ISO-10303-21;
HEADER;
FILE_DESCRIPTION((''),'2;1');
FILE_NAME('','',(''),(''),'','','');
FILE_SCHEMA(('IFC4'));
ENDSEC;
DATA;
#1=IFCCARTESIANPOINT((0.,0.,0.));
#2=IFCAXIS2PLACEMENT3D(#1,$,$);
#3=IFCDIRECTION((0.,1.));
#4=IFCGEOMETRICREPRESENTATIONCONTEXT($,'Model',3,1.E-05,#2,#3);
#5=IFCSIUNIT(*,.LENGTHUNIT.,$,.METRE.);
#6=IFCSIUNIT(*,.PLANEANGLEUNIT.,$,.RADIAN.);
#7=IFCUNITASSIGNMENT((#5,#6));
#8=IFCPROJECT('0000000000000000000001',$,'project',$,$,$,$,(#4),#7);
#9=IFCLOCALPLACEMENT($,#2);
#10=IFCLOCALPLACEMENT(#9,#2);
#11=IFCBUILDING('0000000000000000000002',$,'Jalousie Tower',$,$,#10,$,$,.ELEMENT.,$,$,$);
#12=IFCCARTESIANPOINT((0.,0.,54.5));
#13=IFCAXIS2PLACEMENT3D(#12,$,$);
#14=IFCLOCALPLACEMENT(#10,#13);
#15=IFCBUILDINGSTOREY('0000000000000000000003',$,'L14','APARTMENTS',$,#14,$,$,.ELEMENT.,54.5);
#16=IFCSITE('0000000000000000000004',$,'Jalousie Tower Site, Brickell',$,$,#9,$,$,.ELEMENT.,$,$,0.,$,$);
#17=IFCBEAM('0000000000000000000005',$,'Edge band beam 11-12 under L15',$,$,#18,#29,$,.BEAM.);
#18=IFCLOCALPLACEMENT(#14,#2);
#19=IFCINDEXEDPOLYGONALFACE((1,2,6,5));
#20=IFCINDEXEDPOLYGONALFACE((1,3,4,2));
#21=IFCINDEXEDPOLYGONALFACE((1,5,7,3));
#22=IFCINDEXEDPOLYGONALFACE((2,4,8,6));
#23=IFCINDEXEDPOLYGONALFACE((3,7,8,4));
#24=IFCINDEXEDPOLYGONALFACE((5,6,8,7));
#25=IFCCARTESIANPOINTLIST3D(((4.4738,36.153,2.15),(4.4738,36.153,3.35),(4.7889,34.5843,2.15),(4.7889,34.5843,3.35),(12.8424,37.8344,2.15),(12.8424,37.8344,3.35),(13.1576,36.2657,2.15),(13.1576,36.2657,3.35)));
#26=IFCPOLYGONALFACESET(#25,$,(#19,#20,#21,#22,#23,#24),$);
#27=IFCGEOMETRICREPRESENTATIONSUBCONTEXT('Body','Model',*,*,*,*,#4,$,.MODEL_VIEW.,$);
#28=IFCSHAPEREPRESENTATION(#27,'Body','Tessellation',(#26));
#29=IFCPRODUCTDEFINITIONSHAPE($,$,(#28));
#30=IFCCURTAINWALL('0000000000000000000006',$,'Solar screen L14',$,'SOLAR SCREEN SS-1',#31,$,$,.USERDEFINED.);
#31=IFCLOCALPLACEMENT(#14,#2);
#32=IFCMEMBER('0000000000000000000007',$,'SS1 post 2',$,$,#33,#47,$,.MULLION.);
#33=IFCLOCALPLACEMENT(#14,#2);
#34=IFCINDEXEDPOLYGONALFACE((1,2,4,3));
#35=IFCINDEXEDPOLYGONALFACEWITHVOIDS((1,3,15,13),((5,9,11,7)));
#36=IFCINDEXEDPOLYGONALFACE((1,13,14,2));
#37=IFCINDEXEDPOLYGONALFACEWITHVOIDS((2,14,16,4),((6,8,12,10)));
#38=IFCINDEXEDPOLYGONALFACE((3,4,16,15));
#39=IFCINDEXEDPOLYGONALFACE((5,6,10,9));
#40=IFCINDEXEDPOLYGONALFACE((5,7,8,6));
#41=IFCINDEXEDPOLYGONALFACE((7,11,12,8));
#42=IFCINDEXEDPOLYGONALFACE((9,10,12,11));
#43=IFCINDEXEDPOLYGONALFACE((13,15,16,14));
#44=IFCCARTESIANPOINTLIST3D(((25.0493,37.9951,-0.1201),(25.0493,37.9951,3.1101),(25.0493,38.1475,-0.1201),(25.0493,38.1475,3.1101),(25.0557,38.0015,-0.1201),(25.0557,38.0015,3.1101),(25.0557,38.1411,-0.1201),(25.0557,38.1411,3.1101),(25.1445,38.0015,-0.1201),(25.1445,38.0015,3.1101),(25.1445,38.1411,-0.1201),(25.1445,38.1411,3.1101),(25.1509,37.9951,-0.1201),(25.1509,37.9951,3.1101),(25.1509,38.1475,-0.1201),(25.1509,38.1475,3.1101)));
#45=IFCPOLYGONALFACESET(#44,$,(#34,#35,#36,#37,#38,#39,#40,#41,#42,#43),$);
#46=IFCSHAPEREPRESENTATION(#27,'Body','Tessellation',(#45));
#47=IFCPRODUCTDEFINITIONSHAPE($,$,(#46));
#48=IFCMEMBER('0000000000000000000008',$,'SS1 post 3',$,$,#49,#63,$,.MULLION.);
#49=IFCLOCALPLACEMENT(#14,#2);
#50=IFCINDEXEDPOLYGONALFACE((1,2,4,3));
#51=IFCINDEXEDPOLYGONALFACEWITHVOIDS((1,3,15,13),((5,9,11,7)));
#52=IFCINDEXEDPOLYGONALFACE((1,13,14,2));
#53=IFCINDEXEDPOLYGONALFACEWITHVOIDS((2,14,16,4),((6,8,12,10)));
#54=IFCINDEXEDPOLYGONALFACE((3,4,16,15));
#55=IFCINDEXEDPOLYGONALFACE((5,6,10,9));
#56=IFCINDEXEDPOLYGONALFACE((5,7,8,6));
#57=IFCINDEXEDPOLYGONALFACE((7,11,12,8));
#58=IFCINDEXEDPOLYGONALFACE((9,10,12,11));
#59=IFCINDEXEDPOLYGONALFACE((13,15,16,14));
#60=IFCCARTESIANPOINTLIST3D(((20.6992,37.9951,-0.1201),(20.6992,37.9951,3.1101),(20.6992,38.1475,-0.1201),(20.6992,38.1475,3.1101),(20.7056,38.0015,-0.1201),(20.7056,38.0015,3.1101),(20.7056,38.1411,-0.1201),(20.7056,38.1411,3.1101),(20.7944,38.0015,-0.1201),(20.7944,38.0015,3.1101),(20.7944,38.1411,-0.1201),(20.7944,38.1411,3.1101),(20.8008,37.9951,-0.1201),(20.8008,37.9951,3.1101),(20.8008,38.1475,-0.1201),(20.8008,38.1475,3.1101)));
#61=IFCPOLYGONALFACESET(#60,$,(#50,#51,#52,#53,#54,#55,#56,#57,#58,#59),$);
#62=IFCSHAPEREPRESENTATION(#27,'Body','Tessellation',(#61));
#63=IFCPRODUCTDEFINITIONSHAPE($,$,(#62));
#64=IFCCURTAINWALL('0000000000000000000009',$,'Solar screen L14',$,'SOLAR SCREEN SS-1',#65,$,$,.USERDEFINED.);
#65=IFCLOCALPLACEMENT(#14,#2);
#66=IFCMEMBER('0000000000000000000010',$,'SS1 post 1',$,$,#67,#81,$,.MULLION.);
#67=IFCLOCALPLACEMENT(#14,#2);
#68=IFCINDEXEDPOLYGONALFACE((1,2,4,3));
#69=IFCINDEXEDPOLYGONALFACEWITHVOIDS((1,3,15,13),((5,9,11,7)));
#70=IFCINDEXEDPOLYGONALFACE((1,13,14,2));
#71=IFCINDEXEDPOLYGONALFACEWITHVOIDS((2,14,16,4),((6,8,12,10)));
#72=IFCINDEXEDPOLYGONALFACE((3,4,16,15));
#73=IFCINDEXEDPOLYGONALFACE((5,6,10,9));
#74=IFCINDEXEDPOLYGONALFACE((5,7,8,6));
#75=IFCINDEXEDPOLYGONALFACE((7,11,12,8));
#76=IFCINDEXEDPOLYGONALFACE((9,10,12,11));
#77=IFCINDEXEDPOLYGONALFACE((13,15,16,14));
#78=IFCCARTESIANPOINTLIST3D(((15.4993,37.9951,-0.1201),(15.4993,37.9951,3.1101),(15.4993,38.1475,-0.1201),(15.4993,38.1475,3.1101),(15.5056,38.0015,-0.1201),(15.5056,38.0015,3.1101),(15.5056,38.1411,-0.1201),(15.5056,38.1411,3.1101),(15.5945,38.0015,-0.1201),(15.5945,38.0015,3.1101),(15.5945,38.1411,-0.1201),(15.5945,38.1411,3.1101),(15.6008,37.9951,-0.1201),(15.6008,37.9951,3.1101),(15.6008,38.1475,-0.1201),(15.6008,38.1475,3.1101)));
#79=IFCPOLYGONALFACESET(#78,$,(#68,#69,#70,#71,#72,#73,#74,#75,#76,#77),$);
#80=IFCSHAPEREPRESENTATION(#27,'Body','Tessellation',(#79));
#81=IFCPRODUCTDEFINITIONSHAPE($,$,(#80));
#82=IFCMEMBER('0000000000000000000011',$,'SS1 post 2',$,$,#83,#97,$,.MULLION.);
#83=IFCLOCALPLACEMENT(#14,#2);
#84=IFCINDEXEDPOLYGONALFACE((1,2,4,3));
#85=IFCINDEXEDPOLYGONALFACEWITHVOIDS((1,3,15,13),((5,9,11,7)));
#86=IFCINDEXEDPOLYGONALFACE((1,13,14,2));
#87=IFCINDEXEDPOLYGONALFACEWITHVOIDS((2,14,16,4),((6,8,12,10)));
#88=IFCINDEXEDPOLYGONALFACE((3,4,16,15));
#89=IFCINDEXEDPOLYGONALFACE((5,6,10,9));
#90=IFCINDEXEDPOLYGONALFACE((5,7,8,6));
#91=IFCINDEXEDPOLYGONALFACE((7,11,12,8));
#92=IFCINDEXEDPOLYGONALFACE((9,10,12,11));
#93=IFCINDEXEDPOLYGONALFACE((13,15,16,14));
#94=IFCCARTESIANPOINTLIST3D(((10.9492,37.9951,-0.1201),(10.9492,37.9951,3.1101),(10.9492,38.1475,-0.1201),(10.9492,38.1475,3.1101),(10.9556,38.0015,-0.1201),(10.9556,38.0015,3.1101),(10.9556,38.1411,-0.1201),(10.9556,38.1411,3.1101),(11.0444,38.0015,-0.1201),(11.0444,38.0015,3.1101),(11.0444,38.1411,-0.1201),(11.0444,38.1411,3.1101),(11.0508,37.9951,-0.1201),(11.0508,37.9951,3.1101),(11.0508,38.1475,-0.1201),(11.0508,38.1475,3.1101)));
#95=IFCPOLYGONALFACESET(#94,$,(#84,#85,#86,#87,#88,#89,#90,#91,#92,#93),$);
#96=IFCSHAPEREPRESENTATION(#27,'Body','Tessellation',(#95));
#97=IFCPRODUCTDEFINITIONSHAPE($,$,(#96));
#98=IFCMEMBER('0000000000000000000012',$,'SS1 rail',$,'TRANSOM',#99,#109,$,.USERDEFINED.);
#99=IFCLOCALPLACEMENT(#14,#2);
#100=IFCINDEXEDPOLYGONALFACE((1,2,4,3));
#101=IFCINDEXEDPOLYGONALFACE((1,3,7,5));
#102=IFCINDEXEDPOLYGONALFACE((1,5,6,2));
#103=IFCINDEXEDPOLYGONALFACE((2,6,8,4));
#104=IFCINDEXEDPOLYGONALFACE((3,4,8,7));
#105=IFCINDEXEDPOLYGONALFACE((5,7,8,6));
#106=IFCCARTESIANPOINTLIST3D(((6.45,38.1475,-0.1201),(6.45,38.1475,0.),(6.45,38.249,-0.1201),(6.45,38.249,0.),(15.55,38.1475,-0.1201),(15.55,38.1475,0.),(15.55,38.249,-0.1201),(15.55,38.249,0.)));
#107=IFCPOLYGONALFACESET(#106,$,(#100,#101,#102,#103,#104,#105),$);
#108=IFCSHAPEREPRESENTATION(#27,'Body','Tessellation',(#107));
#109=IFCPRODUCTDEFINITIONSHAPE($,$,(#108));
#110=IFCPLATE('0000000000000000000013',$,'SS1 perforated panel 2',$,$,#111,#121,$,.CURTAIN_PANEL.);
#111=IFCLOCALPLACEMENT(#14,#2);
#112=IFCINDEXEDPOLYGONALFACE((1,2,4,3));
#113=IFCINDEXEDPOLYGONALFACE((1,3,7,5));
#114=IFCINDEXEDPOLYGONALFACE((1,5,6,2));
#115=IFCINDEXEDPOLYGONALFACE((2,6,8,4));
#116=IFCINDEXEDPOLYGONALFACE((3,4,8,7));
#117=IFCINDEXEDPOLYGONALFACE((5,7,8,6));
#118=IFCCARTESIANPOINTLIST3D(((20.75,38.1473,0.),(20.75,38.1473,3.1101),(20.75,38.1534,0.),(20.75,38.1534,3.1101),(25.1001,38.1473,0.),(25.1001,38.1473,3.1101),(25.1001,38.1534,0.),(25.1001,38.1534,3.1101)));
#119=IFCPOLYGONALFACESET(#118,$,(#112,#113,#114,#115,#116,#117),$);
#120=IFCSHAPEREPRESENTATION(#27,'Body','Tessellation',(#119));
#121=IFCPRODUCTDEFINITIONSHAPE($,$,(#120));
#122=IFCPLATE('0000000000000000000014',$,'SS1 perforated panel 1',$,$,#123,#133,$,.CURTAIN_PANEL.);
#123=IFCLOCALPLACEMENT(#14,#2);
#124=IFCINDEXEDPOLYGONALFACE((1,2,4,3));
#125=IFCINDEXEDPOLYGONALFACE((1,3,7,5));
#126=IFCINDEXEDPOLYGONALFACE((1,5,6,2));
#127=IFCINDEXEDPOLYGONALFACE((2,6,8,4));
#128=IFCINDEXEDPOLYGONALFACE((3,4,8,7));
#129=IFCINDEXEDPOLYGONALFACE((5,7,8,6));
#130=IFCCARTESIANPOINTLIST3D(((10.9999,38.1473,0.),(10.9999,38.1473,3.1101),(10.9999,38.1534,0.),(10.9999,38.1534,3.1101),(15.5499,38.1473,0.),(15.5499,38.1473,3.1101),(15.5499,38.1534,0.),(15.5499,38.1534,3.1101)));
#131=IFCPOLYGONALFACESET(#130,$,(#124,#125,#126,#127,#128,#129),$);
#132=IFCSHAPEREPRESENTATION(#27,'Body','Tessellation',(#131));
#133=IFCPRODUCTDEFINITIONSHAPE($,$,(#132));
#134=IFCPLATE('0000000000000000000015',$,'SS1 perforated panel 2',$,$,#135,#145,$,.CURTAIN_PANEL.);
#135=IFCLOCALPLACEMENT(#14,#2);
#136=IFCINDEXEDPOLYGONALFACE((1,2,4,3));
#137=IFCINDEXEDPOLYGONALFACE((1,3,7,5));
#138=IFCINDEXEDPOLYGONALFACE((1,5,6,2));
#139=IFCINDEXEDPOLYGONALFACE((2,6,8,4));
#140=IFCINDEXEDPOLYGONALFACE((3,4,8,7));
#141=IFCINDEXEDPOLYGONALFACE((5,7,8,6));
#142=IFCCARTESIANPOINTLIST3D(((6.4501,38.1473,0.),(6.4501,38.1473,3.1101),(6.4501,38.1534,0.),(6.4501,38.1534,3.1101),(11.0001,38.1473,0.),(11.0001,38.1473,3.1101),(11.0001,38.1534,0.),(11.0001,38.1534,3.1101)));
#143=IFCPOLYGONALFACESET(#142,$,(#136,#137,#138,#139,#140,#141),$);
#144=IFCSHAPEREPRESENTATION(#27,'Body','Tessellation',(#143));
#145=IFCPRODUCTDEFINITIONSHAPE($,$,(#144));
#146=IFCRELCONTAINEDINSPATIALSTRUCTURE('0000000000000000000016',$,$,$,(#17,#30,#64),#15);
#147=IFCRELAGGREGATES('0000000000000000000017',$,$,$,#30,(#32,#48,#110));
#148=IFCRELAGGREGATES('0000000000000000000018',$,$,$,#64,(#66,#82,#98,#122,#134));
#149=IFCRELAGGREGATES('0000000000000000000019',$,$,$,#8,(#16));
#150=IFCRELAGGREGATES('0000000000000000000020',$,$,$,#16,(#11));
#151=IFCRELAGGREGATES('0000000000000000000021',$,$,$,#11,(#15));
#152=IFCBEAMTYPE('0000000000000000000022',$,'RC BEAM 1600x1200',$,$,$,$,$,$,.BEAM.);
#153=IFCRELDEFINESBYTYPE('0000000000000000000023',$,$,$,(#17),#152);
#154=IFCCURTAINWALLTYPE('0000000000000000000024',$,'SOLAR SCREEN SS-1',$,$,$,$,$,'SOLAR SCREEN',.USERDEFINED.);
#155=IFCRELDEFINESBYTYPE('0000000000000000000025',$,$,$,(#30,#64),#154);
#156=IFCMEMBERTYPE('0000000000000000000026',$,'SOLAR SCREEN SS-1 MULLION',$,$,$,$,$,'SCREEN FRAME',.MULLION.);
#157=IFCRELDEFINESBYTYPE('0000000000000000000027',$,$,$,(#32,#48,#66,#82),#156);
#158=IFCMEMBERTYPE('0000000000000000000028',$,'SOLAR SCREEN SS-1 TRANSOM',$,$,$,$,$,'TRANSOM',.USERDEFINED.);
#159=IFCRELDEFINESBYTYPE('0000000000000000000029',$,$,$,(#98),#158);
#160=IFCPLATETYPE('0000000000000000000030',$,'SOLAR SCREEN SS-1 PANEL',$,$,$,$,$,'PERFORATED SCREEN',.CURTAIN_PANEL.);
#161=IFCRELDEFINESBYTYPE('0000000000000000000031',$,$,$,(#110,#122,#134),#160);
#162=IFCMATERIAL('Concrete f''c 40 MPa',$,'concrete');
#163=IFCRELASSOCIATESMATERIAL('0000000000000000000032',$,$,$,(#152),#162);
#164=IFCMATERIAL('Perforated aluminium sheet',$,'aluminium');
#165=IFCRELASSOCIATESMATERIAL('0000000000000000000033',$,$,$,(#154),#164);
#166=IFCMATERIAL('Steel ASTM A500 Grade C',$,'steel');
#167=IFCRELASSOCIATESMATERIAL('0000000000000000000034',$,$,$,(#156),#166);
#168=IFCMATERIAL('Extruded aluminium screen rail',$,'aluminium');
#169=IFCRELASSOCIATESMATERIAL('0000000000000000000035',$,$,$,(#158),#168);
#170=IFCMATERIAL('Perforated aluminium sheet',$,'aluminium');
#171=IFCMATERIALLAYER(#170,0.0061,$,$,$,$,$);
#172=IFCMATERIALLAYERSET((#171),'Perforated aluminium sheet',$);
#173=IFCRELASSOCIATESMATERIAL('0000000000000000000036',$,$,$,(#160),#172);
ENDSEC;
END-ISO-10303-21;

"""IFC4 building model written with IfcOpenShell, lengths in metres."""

from ifc_helpers import new_model, si_unit, direction, frame, origin, origin_2d, place, context, subcontext, project, spatial, rectangle, hollow_rectangle, extrude, material, layer, layer_set, material_profile, profile_set, type_object, element, aggregate, save


model = new_model("IFC4")

# Units and contexts
model_context = context("Model", 3, precision=1e-05, world=origin(), true_north=direction((0.0, 1.0)))
body_context = subcontext(model_context, "Body", "Model", "MODEL_VIEW")
ifc_project = project(units=[si_unit("LENGTHUNIT", "METRE"), si_unit("PLANEANGLEUNIT", "RADIAN")], contexts=[model_context])

# Site, building, storey
site_placement = place(None, origin())
site = spatial("IfcSite", under=ifc_project, at=site_placement, Name="Jalousie Tower Site, Brickell", CompositionType="ELEMENT", RefElevation=0.0)
building_placement = place(site_placement, origin())
building = spatial("IfcBuilding", under=site, at=building_placement, Name="Jalousie Tower", CompositionType="ELEMENT")
storey_placement = place(building_placement, frame((0.0, 0.0, 54.5)))
storey = spatial("IfcBuildingStorey", under=building, at=storey_placement, Name="L14", Description="APARTMENTS", CompositionType="ELEMENT", Elevation=54.5)

# Beam
ifc_material_1 = material(Name="Concrete f'c 40 MPa", Category="concrete")
ifc_material_profile_1 = material_profile(ifc_material_1, rectangle(XDim=1.6001, YDim=1.2, at=origin_2d()), Name="RC 1600x1200")
ifc_profile_set_1 = profile_set([ifc_material_profile_1], Name="Concrete f'c 40 MPa")
beam_type_1 = type_object("IfcBeamType", Name="RC BEAM 1600x1200", PredefinedType="BEAM", material=ifc_profile_set_1)
beam_1_placement = place(storey_placement, frame((13.0, 37.05, 2.75), z_axis=(-0.980408, -0.19698, 0.0), x_axis=(0.19698, -0.980408, 0.0)))
element("IfcBeam", 1, at=beam_1_placement, inside=storey, type_object=beam_type_1, Name="Edge band beam 11-12 under L15", PredefinedType="BEAM", context=body_context, shape_type="SweptSolid", body=[
    extrude(rectangle(XDim=1.6001, YDim=1.2, at=origin_2d()), origin(), (0.0, 0.0, 1.0), 8.5359),
])

# Curtain walls, members
ifc_material_2 = material(Name="Perforated aluminium sheet", Category="aluminium")
curtain_wall_type = type_object("IfcCurtainWallType", Name="SOLAR SCREEN SS-1", ElementType="SOLAR SCREEN", PredefinedType="USERDEFINED", material=ifc_material_2)
curtain_wall_1_placement = place(storey_placement, origin())
curtain_wall_1 = element("IfcCurtainWall", 2, at=curtain_wall_1_placement, inside=storey, type_object=curtain_wall_type, Name="Solar screen L14", ObjectType="SOLAR SCREEN SS-1", PredefinedType="USERDEFINED")
ifc_material_3 = material(Name="Steel ASTM A500 Grade C", Category="steel")
ifc_material_profile_2 = material_profile(ifc_material_3, hollow_rectangle(XDim=0.1016, YDim=0.1523, WallThickness=0.0063, at=origin_2d()), Name="HSS6X4X1/4")
ifc_profile_set_2 = profile_set([ifc_material_profile_2], Name="Steel ASTM A500 Grade C")
member_type_1 = type_object("IfcMemberType", Name="SOLAR SCREEN SS-1 MULLION", ElementType="SCREEN FRAME", PredefinedType="MULLION", material=ifc_profile_set_2)
member_1_placement = place(storey_placement, frame((25.1001, 38.0713, -0.1201), z_axis=(0.0, 0.0, 1.0), x_axis=(-1.0, 0.0, 0.0)))
member_1 = element("IfcMember", 3, at=member_1_placement, type_object=member_type_1, Name="SS1 post 2", PredefinedType="MULLION", context=body_context, shape_type="SweptSolid", body=[
    extrude(hollow_rectangle(XDim=0.1016, YDim=0.1523, WallThickness=0.0063, at=origin_2d()), origin(), (0.0, 0.0, 1.0), 3.2302),
])
member_2_placement = place(storey_placement, frame((20.75, 38.0713, -0.1201), z_axis=(0.0, 0.0, 1.0), x_axis=(-1.0, 0.0, 0.0)))
member_2 = element("IfcMember", 4, at=member_2_placement, type_object=member_type_1, Name="SS1 post 3", PredefinedType="MULLION", context=body_context, shape_type="SweptSolid", body=[
    extrude(hollow_rectangle(XDim=0.1016, YDim=0.1523, WallThickness=0.0063, at=origin_2d()), origin(), (0.0, 0.0, 1.0), 3.2302),
])
curtain_wall_2_placement = place(storey_placement, origin())
curtain_wall_2 = element("IfcCurtainWall", 5, at=curtain_wall_2_placement, inside=storey, type_object=curtain_wall_type, Name="Solar screen L14", ObjectType="SOLAR SCREEN SS-1", PredefinedType="USERDEFINED")
member_3_placement = place(storey_placement, frame((15.55, 38.0713, -0.1201), z_axis=(0.0, 0.0, 1.0), x_axis=(-1.0, 0.0, 0.0)))
member_3 = element("IfcMember", 6, at=member_3_placement, type_object=member_type_1, Name="SS1 post 1", PredefinedType="MULLION", context=body_context, shape_type="SweptSolid", body=[
    extrude(hollow_rectangle(XDim=0.1016, YDim=0.1523, WallThickness=0.0063, at=origin_2d()), origin(), (0.0, 0.0, 1.0), 3.2302),
])
member_4_placement = place(storey_placement, frame((11.0, 38.0713, -0.1201), z_axis=(0.0, 0.0, 1.0), x_axis=(-1.0, 0.0, 0.0)))
member_4 = element("IfcMember", 7, at=member_4_placement, type_object=member_type_1, Name="SS1 post 2", PredefinedType="MULLION", context=body_context, shape_type="SweptSolid", body=[
    extrude(hollow_rectangle(XDim=0.1016, YDim=0.1523, WallThickness=0.0063, at=origin_2d()), origin(), (0.0, 0.0, 1.0), 3.2302),
])
ifc_material_4 = material(Name="Extruded aluminium screen rail", Category="aluminium")
ifc_material_profile_3 = material_profile(ifc_material_4, rectangle(XDim=0.1016, YDim=0.1201, at=origin_2d()), Name="RAIL 102x120")
ifc_profile_set_3 = profile_set([ifc_material_profile_3], Name="Extruded aluminium screen rail")
member_type_2 = type_object("IfcMemberType", Name="SOLAR SCREEN SS-1 TRANSOM", ElementType="TRANSOM", PredefinedType="USERDEFINED", material=ifc_profile_set_3)
member_5_placement = place(storey_placement, frame((15.55, 38.1982, -0.0601), z_axis=(-1.0, 0.0, 0.0), x_axis=(0.0, -1.0, 0.0)))
member_5 = element("IfcMember", 8, at=member_5_placement, type_object=member_type_2, Name="SS1 rail", ObjectType="TRANSOM", PredefinedType="USERDEFINED", context=body_context, shape_type="SweptSolid", body=[
    extrude(rectangle(XDim=0.1016, YDim=0.1201, at=origin_2d()), origin(), (0.0, 0.0, 1.0), 9.1001),
])

# Plates
ifc_material_5 = material(Name="Perforated aluminium sheet", Category="aluminium")
ifc_layer_1 = layer(ifc_material_5, 0.0061)
ifc_layer_set_1 = layer_set([ifc_layer_1], Name="Perforated aluminium sheet")
plate_type = type_object("IfcPlateType", Name="SOLAR SCREEN SS-1 PANEL", ElementType="PERFORATED SCREEN", PredefinedType="CURTAIN_PANEL", material=ifc_layer_set_1)
plate_1_placement = place(storey_placement, frame((22.925, 38.1504, 0.0), z_axis=(0.0, 0.0, 1.0), x_axis=(-1.0, 0.0, 0.0)))
plate_1 = element("IfcPlate", 9, at=plate_1_placement, type_object=plate_type, Name="SS1 perforated panel 2", PredefinedType="CURTAIN_PANEL", context=body_context, shape_type="SweptSolid", body=[
    extrude(rectangle(XDim=4.3501, YDim=0.0061, at=origin_2d()), origin(), (0.0, 0.0, 1.0), 3.1101),
])
aggregate(curtain_wall_1, [member_1, member_2, plate_1])
plate_2_placement = place(storey_placement, frame((13.2749, 38.1504, 0.0), z_axis=(0.0, 0.0, 1.0), x_axis=(-1.0, 0.0, 0.0)))
plate_2 = element("IfcPlate", 10, at=plate_2_placement, type_object=plate_type, Name="SS1 perforated panel 1", PredefinedType="CURTAIN_PANEL", context=body_context, shape_type="SweptSolid", body=[
    extrude(rectangle(XDim=4.55, YDim=0.0061, at=origin_2d()), origin(), (0.0, 0.0, 1.0), 3.1101),
])
plate_3_placement = place(storey_placement, frame((8.7251, 38.1504, 0.0), z_axis=(0.0, 0.0, 1.0), x_axis=(-1.0, 0.0, 0.0)))
plate_3 = element("IfcPlate", 11, at=plate_3_placement, type_object=plate_type, Name="SS1 perforated panel 2", PredefinedType="CURTAIN_PANEL", context=body_context, shape_type="SweptSolid", body=[
    extrude(rectangle(XDim=4.55, YDim=0.0061, at=origin_2d()), origin(), (0.0, 0.0, 1.0), 3.1101),
])
aggregate(curtain_wall_2, [member_3, member_4, member_5, plate_2, plate_3])

save(model, "model.ifc")
